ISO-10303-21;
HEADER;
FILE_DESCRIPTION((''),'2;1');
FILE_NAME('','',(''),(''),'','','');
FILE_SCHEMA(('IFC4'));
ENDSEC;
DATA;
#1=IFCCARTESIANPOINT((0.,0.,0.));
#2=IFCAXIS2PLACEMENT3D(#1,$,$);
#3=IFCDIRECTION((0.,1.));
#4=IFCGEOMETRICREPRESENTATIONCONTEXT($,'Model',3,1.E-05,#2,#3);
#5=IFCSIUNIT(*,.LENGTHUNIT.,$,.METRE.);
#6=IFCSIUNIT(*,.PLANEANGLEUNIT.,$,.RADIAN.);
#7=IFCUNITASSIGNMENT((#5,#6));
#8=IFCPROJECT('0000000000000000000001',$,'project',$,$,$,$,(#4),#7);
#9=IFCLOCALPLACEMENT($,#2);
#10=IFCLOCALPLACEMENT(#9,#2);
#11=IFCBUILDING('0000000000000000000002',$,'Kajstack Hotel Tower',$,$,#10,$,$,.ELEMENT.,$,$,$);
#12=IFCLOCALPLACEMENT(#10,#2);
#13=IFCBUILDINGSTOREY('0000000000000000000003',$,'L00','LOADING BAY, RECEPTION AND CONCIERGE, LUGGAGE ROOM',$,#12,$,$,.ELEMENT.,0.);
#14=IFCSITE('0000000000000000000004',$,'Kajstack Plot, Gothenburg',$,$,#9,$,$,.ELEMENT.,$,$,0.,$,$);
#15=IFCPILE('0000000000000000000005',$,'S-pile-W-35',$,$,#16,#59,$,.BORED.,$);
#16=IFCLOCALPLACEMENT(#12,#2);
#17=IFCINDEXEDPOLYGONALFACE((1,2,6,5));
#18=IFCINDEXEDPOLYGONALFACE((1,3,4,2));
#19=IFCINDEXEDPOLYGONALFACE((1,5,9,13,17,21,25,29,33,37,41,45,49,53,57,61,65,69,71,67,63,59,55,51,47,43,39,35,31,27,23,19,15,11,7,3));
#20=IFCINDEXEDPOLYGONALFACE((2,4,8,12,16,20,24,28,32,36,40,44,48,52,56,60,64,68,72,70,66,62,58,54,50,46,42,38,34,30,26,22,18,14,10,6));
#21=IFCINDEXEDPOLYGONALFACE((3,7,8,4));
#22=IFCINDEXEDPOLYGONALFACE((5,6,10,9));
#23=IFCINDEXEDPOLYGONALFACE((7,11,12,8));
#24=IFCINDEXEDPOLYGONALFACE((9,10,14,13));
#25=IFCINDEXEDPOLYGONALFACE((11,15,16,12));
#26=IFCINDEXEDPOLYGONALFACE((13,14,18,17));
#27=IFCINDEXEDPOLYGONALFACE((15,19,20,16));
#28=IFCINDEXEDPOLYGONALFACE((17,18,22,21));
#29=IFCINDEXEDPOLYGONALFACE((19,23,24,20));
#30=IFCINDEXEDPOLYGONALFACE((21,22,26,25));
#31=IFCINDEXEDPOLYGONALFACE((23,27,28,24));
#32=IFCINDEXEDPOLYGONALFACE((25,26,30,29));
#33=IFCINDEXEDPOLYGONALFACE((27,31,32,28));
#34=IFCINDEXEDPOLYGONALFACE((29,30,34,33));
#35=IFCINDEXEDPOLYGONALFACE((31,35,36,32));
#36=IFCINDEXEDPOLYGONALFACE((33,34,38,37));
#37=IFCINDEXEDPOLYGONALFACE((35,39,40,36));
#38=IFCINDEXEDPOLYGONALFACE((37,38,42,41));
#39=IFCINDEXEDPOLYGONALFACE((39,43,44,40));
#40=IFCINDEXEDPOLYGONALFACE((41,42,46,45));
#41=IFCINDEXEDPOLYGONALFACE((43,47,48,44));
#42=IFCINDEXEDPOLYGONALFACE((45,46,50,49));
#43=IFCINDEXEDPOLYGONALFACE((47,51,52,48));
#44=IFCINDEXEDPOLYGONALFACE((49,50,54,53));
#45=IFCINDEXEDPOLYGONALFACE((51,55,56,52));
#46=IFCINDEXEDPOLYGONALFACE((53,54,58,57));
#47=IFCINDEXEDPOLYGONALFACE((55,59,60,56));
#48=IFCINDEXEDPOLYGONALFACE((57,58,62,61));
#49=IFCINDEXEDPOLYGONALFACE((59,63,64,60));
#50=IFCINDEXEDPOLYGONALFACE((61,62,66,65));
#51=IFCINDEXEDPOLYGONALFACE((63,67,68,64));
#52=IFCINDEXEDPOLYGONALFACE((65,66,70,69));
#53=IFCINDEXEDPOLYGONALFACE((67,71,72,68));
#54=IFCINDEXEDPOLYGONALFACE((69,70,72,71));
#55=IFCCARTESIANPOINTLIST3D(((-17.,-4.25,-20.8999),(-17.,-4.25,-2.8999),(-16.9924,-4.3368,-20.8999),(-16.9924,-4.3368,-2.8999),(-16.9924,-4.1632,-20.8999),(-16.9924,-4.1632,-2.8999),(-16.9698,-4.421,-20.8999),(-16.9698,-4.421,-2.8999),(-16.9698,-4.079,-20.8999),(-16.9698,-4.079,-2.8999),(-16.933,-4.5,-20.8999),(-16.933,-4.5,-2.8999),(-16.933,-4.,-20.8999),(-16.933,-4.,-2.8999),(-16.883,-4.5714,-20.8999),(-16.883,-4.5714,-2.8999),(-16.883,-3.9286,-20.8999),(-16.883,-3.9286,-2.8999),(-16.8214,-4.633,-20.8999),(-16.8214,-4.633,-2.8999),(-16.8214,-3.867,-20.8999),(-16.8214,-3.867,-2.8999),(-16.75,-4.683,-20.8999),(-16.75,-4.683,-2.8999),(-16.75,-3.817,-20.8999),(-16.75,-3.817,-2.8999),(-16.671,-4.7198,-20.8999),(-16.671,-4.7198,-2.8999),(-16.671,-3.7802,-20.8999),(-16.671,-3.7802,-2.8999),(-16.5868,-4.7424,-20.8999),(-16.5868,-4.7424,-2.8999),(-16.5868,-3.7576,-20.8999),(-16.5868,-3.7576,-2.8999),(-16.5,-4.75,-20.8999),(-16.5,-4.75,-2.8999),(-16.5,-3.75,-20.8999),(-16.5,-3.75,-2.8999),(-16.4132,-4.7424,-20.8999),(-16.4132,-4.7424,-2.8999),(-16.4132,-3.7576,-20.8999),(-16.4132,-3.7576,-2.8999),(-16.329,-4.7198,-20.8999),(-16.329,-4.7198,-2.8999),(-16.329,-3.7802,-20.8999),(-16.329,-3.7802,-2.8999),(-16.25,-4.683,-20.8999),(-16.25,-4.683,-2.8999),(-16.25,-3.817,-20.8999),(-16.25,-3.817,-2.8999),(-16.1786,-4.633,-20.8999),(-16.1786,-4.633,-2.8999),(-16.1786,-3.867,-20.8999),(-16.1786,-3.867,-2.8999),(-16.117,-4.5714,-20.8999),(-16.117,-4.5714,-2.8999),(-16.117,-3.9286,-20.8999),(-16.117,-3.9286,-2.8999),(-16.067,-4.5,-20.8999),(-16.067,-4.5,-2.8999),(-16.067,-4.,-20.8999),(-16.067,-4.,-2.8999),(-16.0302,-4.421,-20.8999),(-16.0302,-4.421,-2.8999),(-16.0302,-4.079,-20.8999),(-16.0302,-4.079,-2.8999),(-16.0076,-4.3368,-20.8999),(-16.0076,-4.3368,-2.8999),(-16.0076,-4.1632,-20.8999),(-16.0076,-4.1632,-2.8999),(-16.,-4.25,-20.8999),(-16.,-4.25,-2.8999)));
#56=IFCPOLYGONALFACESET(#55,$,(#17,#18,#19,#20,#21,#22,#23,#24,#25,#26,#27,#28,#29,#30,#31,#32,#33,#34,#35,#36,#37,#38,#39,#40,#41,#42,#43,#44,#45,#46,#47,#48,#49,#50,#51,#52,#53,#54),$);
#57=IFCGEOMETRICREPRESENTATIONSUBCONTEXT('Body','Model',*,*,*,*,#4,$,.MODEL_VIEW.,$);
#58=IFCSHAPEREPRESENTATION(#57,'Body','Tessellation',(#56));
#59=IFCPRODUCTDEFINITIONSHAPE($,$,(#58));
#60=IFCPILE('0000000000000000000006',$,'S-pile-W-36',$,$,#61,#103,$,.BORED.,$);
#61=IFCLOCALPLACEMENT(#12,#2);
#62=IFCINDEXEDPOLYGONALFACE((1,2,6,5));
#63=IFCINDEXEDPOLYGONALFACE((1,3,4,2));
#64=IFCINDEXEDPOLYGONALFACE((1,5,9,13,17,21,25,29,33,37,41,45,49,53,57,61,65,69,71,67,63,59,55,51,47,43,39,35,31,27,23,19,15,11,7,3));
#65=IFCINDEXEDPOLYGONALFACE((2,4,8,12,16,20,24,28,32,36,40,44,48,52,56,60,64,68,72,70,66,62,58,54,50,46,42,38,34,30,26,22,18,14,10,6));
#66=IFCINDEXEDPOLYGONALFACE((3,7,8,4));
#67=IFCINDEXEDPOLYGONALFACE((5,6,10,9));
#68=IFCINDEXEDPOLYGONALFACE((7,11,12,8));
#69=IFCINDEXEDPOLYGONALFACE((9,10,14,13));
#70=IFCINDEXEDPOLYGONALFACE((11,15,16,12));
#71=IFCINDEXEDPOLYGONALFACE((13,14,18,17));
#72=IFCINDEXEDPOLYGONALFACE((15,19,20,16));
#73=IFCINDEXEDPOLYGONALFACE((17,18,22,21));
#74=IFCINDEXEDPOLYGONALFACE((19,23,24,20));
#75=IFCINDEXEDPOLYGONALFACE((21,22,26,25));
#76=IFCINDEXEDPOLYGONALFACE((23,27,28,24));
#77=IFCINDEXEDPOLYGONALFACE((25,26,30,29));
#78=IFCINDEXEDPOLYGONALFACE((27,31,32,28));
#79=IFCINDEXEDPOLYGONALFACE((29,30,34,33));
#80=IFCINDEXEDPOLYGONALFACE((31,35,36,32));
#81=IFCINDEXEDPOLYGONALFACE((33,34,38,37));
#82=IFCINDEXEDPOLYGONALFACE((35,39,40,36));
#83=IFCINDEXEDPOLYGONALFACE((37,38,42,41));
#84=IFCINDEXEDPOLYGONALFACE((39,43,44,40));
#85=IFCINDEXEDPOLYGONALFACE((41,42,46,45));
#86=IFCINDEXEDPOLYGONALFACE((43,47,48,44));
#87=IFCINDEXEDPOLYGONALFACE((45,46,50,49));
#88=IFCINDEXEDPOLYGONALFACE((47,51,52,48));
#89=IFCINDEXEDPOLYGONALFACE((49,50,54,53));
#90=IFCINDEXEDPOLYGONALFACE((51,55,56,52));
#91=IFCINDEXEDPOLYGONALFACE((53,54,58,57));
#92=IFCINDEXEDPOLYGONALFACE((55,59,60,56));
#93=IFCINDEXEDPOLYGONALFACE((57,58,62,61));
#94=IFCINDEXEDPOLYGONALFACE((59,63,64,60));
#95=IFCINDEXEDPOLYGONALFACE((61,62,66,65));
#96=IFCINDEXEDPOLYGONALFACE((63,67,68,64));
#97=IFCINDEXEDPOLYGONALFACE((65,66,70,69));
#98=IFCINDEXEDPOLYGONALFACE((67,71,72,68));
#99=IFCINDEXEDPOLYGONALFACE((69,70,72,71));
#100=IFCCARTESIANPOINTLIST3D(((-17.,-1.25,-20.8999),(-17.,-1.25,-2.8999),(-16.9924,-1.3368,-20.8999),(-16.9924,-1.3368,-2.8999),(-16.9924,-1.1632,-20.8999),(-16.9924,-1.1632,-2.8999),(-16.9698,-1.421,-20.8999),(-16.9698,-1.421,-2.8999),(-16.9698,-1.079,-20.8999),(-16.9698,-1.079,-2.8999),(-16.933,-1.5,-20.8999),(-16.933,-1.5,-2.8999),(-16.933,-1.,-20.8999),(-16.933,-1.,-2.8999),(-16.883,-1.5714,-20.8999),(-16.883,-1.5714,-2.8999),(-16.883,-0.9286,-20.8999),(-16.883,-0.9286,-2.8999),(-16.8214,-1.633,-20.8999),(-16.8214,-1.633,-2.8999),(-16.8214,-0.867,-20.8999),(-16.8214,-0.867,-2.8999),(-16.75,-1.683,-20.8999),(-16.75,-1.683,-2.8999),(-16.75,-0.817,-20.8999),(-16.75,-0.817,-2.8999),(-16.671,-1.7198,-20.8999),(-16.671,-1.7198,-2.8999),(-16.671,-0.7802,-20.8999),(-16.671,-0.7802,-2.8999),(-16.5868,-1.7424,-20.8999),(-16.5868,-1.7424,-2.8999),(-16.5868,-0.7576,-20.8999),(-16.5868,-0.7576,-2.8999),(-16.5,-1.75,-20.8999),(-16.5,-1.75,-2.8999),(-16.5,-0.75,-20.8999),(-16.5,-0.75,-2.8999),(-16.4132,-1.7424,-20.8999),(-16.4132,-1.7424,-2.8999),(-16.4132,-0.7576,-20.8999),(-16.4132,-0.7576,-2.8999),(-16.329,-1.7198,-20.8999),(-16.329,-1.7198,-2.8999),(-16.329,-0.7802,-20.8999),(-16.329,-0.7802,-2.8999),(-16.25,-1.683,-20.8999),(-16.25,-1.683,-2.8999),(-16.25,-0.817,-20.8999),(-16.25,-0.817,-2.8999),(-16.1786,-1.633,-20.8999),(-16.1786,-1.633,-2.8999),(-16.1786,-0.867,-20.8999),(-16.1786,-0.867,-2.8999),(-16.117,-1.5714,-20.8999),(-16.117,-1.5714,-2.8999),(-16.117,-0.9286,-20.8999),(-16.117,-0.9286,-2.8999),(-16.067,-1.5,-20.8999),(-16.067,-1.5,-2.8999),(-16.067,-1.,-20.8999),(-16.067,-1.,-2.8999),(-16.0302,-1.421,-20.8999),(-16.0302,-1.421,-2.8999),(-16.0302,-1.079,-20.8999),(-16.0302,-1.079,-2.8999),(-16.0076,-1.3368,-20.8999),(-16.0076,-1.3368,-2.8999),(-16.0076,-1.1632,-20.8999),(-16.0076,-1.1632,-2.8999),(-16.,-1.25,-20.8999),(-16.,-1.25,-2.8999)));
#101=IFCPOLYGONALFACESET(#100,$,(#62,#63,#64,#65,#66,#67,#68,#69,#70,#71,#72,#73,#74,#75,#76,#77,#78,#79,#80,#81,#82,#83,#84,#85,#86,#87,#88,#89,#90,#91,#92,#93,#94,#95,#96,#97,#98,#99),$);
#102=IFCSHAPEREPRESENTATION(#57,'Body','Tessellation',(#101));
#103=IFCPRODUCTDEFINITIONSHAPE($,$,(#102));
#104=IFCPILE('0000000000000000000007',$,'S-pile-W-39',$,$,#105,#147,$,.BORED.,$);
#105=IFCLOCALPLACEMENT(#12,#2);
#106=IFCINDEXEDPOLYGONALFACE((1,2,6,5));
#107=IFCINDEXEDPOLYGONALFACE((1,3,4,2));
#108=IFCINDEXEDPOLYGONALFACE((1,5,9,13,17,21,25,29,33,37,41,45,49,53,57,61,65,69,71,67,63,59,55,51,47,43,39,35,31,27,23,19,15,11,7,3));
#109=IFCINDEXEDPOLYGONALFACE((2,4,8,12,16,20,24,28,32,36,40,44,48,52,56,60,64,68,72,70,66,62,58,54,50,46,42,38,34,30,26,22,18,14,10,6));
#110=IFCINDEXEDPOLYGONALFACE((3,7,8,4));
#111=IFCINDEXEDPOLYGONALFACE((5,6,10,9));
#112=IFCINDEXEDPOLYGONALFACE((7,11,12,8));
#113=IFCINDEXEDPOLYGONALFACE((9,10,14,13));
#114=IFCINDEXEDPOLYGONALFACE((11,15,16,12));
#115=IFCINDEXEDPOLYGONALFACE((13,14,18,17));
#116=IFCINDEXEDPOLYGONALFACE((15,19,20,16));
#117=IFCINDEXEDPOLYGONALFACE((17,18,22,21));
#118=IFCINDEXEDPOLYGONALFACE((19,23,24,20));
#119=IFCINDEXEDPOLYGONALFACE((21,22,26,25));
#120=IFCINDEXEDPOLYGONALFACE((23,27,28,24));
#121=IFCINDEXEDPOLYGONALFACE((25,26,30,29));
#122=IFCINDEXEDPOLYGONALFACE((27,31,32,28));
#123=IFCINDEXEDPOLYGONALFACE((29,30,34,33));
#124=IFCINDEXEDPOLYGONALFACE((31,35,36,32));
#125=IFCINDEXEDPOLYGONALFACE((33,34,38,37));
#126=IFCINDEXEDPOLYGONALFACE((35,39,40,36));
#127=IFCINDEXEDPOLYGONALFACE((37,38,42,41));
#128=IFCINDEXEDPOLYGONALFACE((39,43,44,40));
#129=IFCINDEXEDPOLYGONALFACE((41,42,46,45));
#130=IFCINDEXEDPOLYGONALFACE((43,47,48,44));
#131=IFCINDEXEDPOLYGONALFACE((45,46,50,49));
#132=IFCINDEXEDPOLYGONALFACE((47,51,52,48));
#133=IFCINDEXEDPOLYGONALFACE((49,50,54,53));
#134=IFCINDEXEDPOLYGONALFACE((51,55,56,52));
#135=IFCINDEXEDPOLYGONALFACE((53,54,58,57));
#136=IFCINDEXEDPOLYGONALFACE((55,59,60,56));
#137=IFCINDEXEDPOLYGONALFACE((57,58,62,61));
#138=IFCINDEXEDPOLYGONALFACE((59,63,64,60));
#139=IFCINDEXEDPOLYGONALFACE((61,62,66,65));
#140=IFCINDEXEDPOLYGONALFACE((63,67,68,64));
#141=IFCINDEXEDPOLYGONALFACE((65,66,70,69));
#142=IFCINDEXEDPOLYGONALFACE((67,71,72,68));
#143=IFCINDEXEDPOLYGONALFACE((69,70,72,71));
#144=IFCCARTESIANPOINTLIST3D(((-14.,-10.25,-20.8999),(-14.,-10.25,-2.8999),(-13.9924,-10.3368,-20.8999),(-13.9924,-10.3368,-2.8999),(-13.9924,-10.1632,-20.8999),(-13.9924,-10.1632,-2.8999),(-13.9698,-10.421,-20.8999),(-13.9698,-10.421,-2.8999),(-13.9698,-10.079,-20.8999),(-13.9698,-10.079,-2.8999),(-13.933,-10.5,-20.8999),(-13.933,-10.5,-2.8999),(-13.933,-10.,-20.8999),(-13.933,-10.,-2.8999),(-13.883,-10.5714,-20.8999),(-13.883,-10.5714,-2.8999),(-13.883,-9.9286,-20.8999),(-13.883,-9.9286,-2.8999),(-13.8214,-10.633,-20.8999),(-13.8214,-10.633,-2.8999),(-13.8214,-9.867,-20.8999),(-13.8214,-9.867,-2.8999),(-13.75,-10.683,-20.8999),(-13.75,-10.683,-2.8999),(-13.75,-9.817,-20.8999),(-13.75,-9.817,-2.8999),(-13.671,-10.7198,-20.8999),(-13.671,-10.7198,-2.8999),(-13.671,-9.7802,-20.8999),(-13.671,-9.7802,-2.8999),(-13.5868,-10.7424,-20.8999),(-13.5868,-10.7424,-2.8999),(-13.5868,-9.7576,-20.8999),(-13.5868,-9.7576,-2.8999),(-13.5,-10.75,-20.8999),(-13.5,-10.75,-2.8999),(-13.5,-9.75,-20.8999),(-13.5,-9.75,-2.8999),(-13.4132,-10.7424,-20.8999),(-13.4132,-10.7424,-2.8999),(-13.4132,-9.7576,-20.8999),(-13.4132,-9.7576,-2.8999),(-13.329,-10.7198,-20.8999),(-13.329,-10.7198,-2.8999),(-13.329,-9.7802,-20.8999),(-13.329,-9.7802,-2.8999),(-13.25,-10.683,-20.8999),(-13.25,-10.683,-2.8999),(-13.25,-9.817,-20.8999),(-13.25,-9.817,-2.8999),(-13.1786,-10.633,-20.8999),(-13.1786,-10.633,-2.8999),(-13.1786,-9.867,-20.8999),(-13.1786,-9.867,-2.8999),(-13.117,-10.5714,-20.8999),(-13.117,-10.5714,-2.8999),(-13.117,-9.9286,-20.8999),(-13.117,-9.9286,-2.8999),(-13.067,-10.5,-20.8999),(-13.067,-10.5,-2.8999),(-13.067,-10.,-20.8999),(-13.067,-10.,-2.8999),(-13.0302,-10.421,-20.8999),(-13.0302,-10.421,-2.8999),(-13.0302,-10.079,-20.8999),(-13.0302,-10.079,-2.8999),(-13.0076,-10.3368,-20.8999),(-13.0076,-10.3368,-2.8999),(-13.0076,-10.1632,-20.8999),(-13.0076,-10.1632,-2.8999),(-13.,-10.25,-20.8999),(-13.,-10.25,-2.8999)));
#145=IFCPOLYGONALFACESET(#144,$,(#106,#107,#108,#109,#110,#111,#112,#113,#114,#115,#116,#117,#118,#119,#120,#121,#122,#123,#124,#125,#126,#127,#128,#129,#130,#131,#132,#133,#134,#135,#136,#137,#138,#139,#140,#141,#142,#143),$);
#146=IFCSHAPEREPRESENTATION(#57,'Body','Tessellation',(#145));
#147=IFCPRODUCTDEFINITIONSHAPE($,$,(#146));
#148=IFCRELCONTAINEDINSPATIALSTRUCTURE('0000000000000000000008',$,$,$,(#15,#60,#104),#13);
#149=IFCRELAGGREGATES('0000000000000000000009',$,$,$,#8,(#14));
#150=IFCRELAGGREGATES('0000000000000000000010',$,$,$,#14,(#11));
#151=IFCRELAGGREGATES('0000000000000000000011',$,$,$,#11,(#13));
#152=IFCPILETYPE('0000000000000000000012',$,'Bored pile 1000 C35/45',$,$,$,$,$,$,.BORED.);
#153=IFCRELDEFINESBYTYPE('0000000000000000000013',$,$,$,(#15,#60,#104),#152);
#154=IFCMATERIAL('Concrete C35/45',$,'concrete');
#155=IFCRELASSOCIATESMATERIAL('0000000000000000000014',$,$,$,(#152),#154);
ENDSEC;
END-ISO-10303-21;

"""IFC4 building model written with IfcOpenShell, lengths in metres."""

from ifc_helpers import new_model, si_unit, direction, frame, origin, origin_2d, place, context, subcontext, project, spatial, circle, extrude, material, material_profile, profile_set, type_object, element, save


model = new_model("IFC4")

# Units and contexts
model_context = context("Model", 3, precision=1e-05, world=origin(), true_north=direction((0.0, 1.0)))
body_context = subcontext(model_context, "Body", "Model", "MODEL_VIEW")
ifc_project = project(units=[si_unit("LENGTHUNIT", "METRE"), si_unit("PLANEANGLEUNIT", "RADIAN")], contexts=[model_context])

# Site, building, storey
site_placement = place(None, origin())
site = spatial("IfcSite", under=ifc_project, at=site_placement, Name="Kajstack Plot, Gothenburg", CompositionType="ELEMENT", RefElevation=0.0)
building_placement = place(site_placement, origin())
building = spatial("IfcBuilding", under=site, at=building_placement, Name="Kajstack Hotel Tower", CompositionType="ELEMENT")
storey_placement = place(building_placement, origin())
storey = spatial("IfcBuildingStorey", under=building, at=storey_placement, Name="L00", Description="LOADING BAY, RECEPTION AND CONCIERGE, LUGGAGE ROOM", CompositionType="ELEMENT", Elevation=0.0)

# Piles
ifc_material_1 = material(Name="Concrete C35/45", Category="concrete")
ifc_material_profile = material_profile(ifc_material_1, circle(Radius=0.5, at=origin_2d()), Name="RC round 1000")
ifc_profile_set = profile_set([ifc_material_profile], Name="Concrete C35/45")
pile_type = type_object("IfcPileType", Name="Bored pile 1000 C35/45", PredefinedType="BORED", material=ifc_profile_set)
for number, where, z_axis, x_axis, name in (
    (1, (-16.5, -4.25, -2.8999), (0.0, 0.0, -1.0), (1.0, 0.0, 0.0), "S-pile-W-35"),
    (2, (-16.5, -1.25, -2.8999), (0.0, 0.0, -1.0), (1.0, 0.0, 0.0), "S-pile-W-36"),
    (3, (-13.5, -10.25, -2.8999), (0.0, 0.0, -1.0), (1.0, 0.0, 0.0), "S-pile-W-39"),
):
    element("IfcPile", number, at=place(storey_placement, frame(where, z_axis=z_axis, x_axis=x_axis)), inside=storey, type_object=pile_type, Name=name, PredefinedType="BORED", context=body_context, shape_type="SweptSolid", body=[
        extrude(circle(Radius=0.5, at=origin_2d()), origin(), (0.0, 0.0, 1.0), 18.0),
    ])

save(model, "model.ifc")
